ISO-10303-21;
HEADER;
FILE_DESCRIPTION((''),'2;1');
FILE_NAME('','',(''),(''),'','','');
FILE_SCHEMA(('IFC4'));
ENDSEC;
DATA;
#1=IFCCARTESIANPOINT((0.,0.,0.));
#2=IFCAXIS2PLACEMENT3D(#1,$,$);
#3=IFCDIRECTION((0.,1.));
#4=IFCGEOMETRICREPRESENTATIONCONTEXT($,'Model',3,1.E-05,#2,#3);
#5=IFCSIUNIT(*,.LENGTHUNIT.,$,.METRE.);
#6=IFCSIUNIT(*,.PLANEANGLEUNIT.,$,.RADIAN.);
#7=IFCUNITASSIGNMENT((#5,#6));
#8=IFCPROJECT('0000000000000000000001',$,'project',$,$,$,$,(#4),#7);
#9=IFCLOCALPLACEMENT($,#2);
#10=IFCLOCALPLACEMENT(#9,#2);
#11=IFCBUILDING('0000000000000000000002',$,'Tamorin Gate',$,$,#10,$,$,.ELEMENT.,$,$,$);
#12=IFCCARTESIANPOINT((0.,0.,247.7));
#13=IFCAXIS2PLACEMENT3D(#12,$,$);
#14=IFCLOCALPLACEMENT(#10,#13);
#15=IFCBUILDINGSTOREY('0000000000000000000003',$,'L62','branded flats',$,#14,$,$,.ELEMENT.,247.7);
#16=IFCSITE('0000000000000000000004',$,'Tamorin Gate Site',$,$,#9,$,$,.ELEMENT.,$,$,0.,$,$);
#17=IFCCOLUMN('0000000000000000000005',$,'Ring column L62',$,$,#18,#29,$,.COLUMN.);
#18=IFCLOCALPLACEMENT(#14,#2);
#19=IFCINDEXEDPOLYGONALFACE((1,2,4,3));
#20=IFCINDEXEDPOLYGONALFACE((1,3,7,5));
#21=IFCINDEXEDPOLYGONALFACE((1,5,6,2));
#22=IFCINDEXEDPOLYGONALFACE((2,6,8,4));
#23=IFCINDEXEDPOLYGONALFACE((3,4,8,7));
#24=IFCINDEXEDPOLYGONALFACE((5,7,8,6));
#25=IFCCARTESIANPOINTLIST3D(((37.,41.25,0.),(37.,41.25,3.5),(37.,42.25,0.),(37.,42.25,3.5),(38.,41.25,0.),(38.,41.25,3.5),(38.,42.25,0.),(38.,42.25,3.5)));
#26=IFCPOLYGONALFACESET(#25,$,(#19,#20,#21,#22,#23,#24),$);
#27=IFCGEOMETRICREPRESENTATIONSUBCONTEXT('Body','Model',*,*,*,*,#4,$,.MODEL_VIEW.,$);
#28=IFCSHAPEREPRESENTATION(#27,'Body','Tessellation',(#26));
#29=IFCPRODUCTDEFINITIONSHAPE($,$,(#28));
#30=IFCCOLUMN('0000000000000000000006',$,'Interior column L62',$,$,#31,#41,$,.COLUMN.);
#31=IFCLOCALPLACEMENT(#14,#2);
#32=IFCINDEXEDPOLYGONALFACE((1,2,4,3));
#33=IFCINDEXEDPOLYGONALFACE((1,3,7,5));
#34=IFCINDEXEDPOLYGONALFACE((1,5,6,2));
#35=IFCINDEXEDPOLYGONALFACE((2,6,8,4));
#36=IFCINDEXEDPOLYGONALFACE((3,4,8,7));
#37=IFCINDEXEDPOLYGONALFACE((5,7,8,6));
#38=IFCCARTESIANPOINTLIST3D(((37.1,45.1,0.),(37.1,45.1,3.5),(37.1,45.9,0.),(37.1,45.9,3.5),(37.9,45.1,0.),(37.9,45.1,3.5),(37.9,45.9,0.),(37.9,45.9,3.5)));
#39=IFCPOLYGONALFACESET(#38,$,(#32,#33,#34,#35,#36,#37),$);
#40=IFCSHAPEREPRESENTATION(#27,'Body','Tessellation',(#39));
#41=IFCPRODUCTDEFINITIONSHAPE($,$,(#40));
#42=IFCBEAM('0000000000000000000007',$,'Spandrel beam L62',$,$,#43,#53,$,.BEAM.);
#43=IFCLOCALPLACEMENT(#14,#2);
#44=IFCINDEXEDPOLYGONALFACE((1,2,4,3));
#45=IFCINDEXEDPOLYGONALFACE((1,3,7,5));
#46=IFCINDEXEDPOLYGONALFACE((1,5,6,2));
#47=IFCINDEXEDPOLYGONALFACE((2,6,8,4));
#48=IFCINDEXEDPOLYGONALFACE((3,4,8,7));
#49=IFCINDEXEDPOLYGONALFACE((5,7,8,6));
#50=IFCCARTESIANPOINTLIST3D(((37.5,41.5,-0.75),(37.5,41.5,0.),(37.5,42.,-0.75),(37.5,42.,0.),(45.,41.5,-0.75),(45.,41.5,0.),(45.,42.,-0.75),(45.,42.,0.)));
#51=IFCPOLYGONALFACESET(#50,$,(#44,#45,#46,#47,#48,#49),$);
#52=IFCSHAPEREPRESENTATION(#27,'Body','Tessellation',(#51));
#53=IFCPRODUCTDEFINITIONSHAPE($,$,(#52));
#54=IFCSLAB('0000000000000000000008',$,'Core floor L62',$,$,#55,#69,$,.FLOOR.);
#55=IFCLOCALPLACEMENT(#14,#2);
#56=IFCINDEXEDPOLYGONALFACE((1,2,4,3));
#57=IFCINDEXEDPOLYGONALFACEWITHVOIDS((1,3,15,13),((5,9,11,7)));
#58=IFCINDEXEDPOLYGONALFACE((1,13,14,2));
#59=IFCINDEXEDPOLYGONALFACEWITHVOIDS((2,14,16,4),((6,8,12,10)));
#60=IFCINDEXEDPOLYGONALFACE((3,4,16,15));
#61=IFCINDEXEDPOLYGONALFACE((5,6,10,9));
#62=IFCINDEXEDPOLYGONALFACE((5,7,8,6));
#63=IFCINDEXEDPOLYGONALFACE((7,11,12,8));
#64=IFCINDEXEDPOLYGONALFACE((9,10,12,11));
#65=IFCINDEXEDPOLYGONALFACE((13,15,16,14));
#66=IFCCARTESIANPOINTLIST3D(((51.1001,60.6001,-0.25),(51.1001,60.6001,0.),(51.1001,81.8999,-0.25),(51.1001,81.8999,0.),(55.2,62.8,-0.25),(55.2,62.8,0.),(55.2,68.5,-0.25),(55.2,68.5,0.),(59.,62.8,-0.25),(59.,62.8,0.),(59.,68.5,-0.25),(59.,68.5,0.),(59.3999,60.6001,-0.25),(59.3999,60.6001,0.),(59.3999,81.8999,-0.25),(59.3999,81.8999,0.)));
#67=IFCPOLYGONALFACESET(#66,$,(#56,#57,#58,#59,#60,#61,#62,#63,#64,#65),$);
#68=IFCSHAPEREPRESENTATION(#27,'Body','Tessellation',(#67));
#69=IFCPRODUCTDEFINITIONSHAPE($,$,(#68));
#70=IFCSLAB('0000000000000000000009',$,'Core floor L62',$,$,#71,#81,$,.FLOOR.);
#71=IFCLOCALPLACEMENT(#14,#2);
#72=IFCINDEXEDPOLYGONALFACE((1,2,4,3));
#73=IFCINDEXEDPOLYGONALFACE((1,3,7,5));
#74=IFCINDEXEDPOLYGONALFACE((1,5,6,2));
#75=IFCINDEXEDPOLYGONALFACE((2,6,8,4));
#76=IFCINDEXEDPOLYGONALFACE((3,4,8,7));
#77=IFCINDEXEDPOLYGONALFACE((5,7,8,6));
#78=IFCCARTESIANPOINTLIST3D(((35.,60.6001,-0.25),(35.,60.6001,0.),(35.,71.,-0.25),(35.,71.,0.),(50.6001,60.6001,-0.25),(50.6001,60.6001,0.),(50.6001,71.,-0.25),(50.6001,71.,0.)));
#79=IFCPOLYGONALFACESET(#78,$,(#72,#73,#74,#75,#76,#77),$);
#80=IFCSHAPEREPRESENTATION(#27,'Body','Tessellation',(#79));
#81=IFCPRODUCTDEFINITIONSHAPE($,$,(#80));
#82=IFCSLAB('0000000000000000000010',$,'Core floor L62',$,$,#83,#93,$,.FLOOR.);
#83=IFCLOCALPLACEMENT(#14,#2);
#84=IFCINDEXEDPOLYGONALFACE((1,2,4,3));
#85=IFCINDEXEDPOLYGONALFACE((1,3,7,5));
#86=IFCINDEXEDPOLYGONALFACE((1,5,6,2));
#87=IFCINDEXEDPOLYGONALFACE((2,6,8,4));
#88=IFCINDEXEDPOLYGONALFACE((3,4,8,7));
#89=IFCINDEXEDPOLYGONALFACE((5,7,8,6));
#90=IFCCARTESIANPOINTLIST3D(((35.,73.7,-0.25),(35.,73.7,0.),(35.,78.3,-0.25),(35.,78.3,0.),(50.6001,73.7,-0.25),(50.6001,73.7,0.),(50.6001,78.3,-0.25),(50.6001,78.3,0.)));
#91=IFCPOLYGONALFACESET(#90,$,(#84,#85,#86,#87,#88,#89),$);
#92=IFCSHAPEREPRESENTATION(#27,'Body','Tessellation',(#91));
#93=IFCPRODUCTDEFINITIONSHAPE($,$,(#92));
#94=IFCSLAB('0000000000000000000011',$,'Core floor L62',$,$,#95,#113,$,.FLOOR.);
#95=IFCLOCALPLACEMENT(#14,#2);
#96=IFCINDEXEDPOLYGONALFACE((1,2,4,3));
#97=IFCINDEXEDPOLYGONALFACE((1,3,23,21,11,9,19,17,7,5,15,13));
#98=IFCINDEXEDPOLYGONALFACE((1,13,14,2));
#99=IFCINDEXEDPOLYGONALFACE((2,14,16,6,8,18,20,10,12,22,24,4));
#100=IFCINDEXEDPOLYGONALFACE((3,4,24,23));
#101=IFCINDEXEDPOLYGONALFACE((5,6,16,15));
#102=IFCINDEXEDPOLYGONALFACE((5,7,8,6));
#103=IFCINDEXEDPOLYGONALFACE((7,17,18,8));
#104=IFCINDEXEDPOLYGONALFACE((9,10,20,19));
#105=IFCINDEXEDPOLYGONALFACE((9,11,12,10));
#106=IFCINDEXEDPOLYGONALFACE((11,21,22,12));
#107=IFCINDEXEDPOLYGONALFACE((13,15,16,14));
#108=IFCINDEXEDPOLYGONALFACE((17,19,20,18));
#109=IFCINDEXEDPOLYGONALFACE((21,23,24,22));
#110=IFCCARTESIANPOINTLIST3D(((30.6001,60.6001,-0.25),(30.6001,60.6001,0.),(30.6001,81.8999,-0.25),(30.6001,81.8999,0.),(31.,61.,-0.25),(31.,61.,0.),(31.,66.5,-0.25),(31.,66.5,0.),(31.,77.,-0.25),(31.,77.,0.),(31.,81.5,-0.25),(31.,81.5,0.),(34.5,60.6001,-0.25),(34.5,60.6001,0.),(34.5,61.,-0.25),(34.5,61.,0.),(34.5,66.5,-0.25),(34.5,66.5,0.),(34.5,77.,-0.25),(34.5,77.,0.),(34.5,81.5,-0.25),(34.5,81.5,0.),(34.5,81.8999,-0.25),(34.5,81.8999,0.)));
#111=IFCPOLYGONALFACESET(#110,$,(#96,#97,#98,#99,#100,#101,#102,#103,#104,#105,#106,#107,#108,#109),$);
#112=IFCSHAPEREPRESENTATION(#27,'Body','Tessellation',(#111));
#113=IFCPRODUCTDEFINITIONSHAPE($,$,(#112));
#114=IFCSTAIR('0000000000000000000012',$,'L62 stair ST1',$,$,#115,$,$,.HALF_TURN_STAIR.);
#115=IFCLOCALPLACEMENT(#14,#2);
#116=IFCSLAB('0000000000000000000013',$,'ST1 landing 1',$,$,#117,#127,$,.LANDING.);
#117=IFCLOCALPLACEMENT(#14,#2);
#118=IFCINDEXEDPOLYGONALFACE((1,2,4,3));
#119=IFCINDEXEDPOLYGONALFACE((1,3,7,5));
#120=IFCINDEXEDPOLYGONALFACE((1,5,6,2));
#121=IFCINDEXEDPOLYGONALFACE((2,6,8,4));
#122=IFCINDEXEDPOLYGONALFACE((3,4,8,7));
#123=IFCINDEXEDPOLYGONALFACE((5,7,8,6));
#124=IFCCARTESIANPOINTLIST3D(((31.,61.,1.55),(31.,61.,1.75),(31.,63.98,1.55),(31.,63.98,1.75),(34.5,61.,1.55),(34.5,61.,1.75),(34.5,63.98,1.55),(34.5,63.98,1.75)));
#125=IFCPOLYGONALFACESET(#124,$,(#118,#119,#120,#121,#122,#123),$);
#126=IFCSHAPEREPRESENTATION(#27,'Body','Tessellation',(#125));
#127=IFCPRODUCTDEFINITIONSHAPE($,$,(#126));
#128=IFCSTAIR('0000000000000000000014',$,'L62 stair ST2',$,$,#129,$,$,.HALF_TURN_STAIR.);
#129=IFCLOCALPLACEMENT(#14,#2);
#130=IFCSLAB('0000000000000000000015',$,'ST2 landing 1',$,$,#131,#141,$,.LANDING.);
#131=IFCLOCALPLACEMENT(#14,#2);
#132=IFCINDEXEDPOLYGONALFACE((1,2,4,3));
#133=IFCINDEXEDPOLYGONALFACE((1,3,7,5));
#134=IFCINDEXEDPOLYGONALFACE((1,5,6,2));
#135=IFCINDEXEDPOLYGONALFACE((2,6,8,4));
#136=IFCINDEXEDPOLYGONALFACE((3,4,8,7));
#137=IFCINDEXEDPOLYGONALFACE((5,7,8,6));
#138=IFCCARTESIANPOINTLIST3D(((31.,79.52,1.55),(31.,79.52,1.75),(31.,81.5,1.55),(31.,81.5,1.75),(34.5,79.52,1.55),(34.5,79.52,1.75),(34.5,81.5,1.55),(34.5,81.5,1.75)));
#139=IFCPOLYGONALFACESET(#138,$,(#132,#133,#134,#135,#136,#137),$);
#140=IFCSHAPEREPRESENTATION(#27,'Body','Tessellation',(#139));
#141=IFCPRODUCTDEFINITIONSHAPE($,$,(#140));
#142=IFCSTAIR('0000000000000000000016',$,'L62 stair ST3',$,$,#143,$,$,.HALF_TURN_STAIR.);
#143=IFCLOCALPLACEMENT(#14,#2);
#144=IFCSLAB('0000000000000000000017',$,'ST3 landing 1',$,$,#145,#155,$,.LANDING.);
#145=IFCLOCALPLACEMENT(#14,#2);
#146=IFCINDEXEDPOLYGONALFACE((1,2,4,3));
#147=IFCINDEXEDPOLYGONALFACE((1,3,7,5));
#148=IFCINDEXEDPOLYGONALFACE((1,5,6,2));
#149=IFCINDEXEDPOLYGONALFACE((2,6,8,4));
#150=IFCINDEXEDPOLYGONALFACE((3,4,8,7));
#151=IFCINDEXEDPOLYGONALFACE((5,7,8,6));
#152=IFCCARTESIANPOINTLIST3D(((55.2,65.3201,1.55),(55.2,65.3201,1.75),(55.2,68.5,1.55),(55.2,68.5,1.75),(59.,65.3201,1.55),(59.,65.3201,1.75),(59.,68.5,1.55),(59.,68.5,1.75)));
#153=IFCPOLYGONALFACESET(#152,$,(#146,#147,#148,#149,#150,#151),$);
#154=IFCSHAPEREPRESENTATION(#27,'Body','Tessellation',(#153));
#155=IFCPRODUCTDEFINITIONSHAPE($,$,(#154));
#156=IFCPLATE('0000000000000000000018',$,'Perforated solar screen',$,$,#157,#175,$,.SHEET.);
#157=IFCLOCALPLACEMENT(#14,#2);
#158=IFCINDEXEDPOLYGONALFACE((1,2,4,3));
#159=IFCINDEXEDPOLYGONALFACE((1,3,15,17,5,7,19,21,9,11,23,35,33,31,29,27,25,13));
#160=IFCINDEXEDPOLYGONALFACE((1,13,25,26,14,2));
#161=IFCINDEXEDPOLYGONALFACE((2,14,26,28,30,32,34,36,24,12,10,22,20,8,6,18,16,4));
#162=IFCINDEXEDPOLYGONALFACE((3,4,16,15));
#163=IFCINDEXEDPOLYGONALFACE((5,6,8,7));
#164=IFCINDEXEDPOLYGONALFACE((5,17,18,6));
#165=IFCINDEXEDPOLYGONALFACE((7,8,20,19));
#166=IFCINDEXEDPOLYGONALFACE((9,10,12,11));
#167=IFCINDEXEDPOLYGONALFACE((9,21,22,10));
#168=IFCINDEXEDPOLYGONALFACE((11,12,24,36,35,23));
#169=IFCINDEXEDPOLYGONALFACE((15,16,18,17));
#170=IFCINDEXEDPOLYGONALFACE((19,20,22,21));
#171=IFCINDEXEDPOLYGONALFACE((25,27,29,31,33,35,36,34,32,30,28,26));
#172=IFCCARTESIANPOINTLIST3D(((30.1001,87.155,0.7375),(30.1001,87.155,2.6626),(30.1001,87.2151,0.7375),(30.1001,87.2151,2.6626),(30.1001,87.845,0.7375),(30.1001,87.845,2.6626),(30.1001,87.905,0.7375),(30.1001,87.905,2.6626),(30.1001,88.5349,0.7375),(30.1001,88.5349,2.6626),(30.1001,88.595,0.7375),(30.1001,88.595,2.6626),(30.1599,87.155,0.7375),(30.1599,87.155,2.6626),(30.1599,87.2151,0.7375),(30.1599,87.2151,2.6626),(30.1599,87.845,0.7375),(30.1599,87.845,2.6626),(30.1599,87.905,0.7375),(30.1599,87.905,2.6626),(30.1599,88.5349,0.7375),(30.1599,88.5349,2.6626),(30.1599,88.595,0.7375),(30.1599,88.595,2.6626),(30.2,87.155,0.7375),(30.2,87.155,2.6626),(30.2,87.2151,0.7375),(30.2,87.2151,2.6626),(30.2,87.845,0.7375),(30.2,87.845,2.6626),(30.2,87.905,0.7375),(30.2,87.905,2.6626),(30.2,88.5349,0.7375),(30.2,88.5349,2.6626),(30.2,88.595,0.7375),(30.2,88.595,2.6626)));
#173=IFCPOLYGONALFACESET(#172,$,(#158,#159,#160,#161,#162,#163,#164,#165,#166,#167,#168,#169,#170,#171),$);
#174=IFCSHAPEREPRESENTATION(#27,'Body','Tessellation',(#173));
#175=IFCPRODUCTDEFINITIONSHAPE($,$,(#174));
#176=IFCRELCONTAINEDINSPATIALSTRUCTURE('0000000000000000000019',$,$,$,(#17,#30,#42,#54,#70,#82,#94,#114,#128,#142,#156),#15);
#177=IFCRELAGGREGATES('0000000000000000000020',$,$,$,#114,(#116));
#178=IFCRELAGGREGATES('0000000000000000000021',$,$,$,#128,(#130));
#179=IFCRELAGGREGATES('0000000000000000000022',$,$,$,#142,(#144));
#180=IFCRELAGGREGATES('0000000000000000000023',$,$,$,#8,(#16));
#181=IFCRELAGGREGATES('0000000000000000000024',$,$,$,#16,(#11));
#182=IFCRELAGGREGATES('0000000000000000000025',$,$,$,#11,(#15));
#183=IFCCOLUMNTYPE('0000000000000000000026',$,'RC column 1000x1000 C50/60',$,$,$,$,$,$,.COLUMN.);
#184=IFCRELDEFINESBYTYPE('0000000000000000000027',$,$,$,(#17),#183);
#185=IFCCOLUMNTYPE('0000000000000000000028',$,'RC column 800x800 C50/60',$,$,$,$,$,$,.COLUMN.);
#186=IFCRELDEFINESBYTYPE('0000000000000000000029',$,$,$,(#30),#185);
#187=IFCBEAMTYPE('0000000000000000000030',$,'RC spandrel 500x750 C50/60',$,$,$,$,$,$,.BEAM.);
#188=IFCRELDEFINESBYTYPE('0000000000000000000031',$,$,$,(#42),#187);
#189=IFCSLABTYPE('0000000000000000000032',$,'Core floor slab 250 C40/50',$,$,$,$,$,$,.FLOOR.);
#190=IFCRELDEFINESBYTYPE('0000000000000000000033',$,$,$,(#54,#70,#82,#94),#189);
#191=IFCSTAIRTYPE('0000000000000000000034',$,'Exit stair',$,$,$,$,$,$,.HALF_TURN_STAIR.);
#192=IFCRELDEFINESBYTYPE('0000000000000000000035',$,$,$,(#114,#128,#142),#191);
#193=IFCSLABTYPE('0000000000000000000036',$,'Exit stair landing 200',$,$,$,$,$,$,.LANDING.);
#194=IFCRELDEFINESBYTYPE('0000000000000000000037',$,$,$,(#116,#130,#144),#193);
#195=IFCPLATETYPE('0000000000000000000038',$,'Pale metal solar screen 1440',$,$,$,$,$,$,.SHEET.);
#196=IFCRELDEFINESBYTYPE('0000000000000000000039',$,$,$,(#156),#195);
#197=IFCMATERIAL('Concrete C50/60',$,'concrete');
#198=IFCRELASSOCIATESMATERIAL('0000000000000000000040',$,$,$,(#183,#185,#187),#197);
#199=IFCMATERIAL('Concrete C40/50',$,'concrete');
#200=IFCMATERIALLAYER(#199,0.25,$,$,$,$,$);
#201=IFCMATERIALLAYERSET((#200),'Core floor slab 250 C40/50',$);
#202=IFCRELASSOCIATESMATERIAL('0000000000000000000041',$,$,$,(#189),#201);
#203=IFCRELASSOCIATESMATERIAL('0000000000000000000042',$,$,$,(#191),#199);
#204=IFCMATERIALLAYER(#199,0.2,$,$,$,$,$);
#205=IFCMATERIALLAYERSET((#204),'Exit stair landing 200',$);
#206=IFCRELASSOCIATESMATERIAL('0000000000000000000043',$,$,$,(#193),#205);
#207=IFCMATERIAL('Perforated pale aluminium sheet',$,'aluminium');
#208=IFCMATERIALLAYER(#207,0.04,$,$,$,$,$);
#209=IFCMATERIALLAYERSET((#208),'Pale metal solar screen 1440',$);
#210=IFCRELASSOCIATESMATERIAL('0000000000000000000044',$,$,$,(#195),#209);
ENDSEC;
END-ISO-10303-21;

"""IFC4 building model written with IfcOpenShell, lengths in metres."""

from ifc_helpers import new_model, si_unit, direction, frame, origin, origin_2d, place, context, subcontext, project, spatial, polyline, rectangle, outline, extrude, material, layer, layer_set, material_profile, profile_set, type_object, element, aggregate, save


model = new_model("IFC4")

# Units and contexts
model_context = context("Model", 3, precision=1e-05, world=origin(), true_north=direction((0.0, 1.0)))
body_context = subcontext(model_context, "Body", "Model", "MODEL_VIEW")
ifc_project = project(units=[si_unit("LENGTHUNIT", "METRE"), si_unit("PLANEANGLEUNIT", "RADIAN")], contexts=[model_context])

# Site, building, storey
site_placement = place(None, origin())
site = spatial("IfcSite", under=ifc_project, at=site_placement, Name="Tamorin Gate Site", CompositionType="ELEMENT", RefElevation=0.0)
building_placement = place(site_placement, origin())
building = spatial("IfcBuilding", under=site, at=building_placement, Name="Tamorin Gate", CompositionType="ELEMENT")
storey_placement = place(building_placement, frame((0.0, 0.0, 247.7)))
storey = spatial("IfcBuildingStorey", under=building, at=storey_placement, Name="L62", Description="branded flats", CompositionType="ELEMENT", Elevation=247.7)

# Columns
ifc_material_1 = material(Name="Concrete C50/60", Category="concrete")
ifc_material_profile_1 = material_profile(ifc_material_1, rectangle(XDim=1.0, YDim=1.0, at=origin_2d()), Name="RC 1000x1000")
ifc_profile_set_1 = profile_set([ifc_material_profile_1], Name="Concrete C50/60")
column_type_1 = type_object("IfcColumnType", Name="RC column 1000x1000 C50/60", PredefinedType="COLUMN", material=ifc_profile_set_1)
column_1_placement = place(storey_placement, frame((37.5, 41.75, 0.0), z_axis=(0.0, 0.0, 1.0), x_axis=(1.0, 0.0, 0.0)))
element("IfcColumn", 1, at=column_1_placement, inside=storey, type_object=column_type_1, Name="Ring column L62", PredefinedType="COLUMN", context=body_context, shape_type="SweptSolid", body=[
    extrude(rectangle(XDim=1.0, YDim=1.0, at=origin_2d()), origin(), (0.0, 0.0, 1.0), 3.5),
])
ifc_material_profile_2 = material_profile(ifc_material_1, rectangle(XDim=0.8, YDim=0.8, at=origin_2d()), Name="RC 800x800")
ifc_profile_set_2 = profile_set([ifc_material_profile_2], Name="Concrete C50/60")
column_type_2 = type_object("IfcColumnType", Name="RC column 800x800 C50/60", PredefinedType="COLUMN", material=ifc_profile_set_2)
column_2_placement = place(storey_placement, frame((37.5, 45.5, 0.0), z_axis=(0.0, 0.0, 1.0), x_axis=(1.0, 0.0, 0.0)))
element("IfcColumn", 2, at=column_2_placement, inside=storey, type_object=column_type_2, Name="Interior column L62", PredefinedType="COLUMN", context=body_context, shape_type="SweptSolid", body=[
    extrude(rectangle(XDim=0.8, YDim=0.8, at=origin_2d()), origin(), (0.0, 0.0, 1.0), 3.5),
])

# Beam
ifc_material_profile_3 = material_profile(ifc_material_1, rectangle(XDim=0.5, YDim=0.75, at=origin_2d()), Name="RC 500x750")
ifc_profile_set_3 = profile_set([ifc_material_profile_3], Name="Concrete C50/60")
beam_type = type_object("IfcBeamType", Name="RC spandrel 500x750 C50/60", PredefinedType="BEAM", material=ifc_profile_set_3)
beam_placement = place(storey_placement, frame((37.5, 41.75, -0.375), z_axis=(1.0, 0.0, 0.0), x_axis=(0.0, 1.0, 0.0)))
element("IfcBeam", 3, at=beam_placement, inside=storey, type_object=beam_type, Name="Spandrel beam L62", PredefinedType="BEAM", context=body_context, shape_type="SweptSolid", body=[
    extrude(rectangle(XDim=0.5, YDim=0.75, at=origin_2d()), origin(), (0.0, 0.0, 1.0), 7.5),
])

# Slabs
ifc_material_2 = material(Name="Concrete C40/50", Category="concrete")
ifc_layer_1 = layer(ifc_material_2, 0.25)
ifc_layer_set_1 = layer_set([ifc_layer_1], Name="Core floor slab 250 C40/50")
slab_type_1 = type_object("IfcSlabType", Name="Core floor slab 250 C40/50", PredefinedType="FLOOR", material=ifc_layer_set_1)
slab_1_placement = place(storey_placement, frame((0.0, 0.0, -0.25)))
element("IfcSlab", 4, at=slab_1_placement, inside=storey, type_object=slab_type_1, Name="Core floor L62", PredefinedType="FLOOR", context=body_context, shape_type="SweptSolid", body=[
    extrude(outline(polyline([(51.1001, 81.8999), (59.3999, 81.8999), (59.3999, 60.6001), (51.1001, 60.6001), (51.1001, 81.8999)]), holes=[polyline([(55.2, 62.8), (59.0, 62.8), (59.0, 68.5), (55.2, 68.5), (55.2, 62.8)])]), origin(), (0.0, 0.0, 1.0), 0.25),
])
slab_2_placement = place(storey_placement, frame((0.0, 0.0, -0.25)))
element("IfcSlab", 5, at=slab_2_placement, inside=storey, type_object=slab_type_1, Name="Core floor L62", PredefinedType="FLOOR", context=body_context, shape_type="SweptSolid", body=[
    extrude(outline(polyline([(50.6001, 71.0), (50.6001, 60.6001), (35.0, 60.6001), (35.0, 71.0), (50.6001, 71.0)])), origin(), (0.0, 0.0, 1.0), 0.25),
])
slab_3_placement = place(storey_placement, frame((0.0, 0.0, -0.25)))
element("IfcSlab", 6, at=slab_3_placement, inside=storey, type_object=slab_type_1, Name="Core floor L62", PredefinedType="FLOOR", context=body_context, shape_type="SweptSolid", body=[
    extrude(outline(polyline([(50.6001, 73.7), (35.0, 73.7), (35.0, 78.3), (50.6001, 78.3), (50.6001, 73.7)])), origin(), (0.0, 0.0, 1.0), 0.25),
])
slab_4_placement = place(storey_placement, frame((0.0, 0.0, -0.25)))
element("IfcSlab", 7, at=slab_4_placement, inside=storey, type_object=slab_type_1, Name="Core floor L62", PredefinedType="FLOOR", context=body_context, shape_type="SweptSolid", body=[
    extrude(outline(polyline([(34.5, 60.6001), (30.6001, 60.6001), (30.6001, 81.8999), (34.5, 81.8999), (34.5, 81.5), (31.0, 81.5), (31.0, 77.0), (34.5, 77.0), (34.5, 66.5), (31.0, 66.5), (31.0, 61.0), (34.5, 61.0), (34.5, 60.6001)])), origin(), (0.0, 0.0, 1.0), 0.25),
])

# Stairs, slabs
stair_type = type_object("IfcStairType", Name="Exit stair", PredefinedType="HALF_TURN_STAIR", material=ifc_material_2)
stair_1_placement = place(storey_placement, origin())
stair_1 = element("IfcStair", 8, at=stair_1_placement, inside=storey, type_object=stair_type, Name="L62 stair ST1", PredefinedType="HALF_TURN_STAIR")
ifc_layer_2 = layer(ifc_material_2, 0.2)
ifc_layer_set_2 = layer_set([ifc_layer_2], Name="Exit stair landing 200")
slab_type_2 = type_object("IfcSlabType", Name="Exit stair landing 200", PredefinedType="LANDING", material=ifc_layer_set_2)
slab_5_placement = place(storey_placement, frame((0.0, 0.0, 1.55)))
slab_5 = element("IfcSlab", 9, at=slab_5_placement, type_object=slab_type_2, Name="ST1 landing 1", PredefinedType="LANDING", context=body_context, shape_type="SweptSolid", body=[
    extrude(outline(polyline([(31.0, 63.98), (31.0, 61.0), (34.5, 61.0), (34.5, 63.98), (31.0, 63.98)])), origin(), (0.0, 0.0, 1.0), 0.2),
])
aggregate(stair_1, [slab_5])
stair_2_placement = place(storey_placement, origin())
stair_2 = element("IfcStair", 10, at=stair_2_placement, inside=storey, type_object=stair_type, Name="L62 stair ST2", PredefinedType="HALF_TURN_STAIR")
slab_6_placement = place(storey_placement, frame((0.0, 0.0, 1.55)))
slab_6 = element("IfcSlab", 11, at=slab_6_placement, type_object=slab_type_2, Name="ST2 landing 1", PredefinedType="LANDING", context=body_context, shape_type="SweptSolid", body=[
    extrude(outline(polyline([(34.5, 79.52), (34.5, 81.5), (31.0, 81.5), (31.0, 79.52), (34.5, 79.52)])), origin(), (0.0, 0.0, 1.0), 0.2),
])
aggregate(stair_2, [slab_6])
stair_3_placement = place(storey_placement, origin())
stair_3 = element("IfcStair", 12, at=stair_3_placement, inside=storey, type_object=stair_type, Name="L62 stair ST3", PredefinedType="HALF_TURN_STAIR")
slab_7_placement = place(storey_placement, frame((0.0, 0.0, 1.55)))
slab_7 = element("IfcSlab", 13, at=slab_7_placement, type_object=slab_type_2, Name="ST3 landing 1", PredefinedType="LANDING", context=body_context, shape_type="SweptSolid", body=[
    extrude(outline(polyline([(59.0, 65.3201), (59.0, 68.5), (55.2, 68.5), (55.2, 65.3201), (59.0, 65.3201)])), origin(), (0.0, 0.0, 1.0), 0.2),
])
aggregate(stair_3, [slab_7])

# Plate
ifc_material_3 = material(Name="Perforated pale aluminium sheet", Category="aluminium")
ifc_layer_3 = layer(ifc_material_3, 0.04)
ifc_layer_set_3 = layer_set([ifc_layer_3], Name="Pale metal solar screen 1440")
plate_type = type_object("IfcPlateType", Name="Pale metal solar screen 1440", PredefinedType="SHEET", material=ifc_layer_set_3)
plate_1_placement = place(storey_placement, frame((0.0, 0.0, 0.7375)))
element("IfcPlate", 14, at=plate_1_placement, inside=storey, type_object=plate_type, Name="Perforated solar screen", PredefinedType="SHEET", context=body_context, shape_type="SweptSolid", body=[
    extrude(outline(polyline([(30.1599, 88.595), (30.2, 88.595), (30.2, 88.5349), (30.2, 87.905), (30.2, 87.845), (30.2, 87.2151), (30.2, 87.155), (30.2, 87.155), (30.1599, 87.155), (30.1599, 87.155), (30.1001, 87.155), (30.1001, 87.2151), (30.1599, 87.2151), (30.1599, 87.845), (30.1001, 87.845), (30.1001, 87.905), (30.1599, 87.905), (30.1599, 88.5349), (30.1001, 88.5349), (30.1001, 88.595), (30.1599, 88.595)])), origin(), (0.0, 0.0, 1.0), 1.925),
])

save(model, "model.ifc")
